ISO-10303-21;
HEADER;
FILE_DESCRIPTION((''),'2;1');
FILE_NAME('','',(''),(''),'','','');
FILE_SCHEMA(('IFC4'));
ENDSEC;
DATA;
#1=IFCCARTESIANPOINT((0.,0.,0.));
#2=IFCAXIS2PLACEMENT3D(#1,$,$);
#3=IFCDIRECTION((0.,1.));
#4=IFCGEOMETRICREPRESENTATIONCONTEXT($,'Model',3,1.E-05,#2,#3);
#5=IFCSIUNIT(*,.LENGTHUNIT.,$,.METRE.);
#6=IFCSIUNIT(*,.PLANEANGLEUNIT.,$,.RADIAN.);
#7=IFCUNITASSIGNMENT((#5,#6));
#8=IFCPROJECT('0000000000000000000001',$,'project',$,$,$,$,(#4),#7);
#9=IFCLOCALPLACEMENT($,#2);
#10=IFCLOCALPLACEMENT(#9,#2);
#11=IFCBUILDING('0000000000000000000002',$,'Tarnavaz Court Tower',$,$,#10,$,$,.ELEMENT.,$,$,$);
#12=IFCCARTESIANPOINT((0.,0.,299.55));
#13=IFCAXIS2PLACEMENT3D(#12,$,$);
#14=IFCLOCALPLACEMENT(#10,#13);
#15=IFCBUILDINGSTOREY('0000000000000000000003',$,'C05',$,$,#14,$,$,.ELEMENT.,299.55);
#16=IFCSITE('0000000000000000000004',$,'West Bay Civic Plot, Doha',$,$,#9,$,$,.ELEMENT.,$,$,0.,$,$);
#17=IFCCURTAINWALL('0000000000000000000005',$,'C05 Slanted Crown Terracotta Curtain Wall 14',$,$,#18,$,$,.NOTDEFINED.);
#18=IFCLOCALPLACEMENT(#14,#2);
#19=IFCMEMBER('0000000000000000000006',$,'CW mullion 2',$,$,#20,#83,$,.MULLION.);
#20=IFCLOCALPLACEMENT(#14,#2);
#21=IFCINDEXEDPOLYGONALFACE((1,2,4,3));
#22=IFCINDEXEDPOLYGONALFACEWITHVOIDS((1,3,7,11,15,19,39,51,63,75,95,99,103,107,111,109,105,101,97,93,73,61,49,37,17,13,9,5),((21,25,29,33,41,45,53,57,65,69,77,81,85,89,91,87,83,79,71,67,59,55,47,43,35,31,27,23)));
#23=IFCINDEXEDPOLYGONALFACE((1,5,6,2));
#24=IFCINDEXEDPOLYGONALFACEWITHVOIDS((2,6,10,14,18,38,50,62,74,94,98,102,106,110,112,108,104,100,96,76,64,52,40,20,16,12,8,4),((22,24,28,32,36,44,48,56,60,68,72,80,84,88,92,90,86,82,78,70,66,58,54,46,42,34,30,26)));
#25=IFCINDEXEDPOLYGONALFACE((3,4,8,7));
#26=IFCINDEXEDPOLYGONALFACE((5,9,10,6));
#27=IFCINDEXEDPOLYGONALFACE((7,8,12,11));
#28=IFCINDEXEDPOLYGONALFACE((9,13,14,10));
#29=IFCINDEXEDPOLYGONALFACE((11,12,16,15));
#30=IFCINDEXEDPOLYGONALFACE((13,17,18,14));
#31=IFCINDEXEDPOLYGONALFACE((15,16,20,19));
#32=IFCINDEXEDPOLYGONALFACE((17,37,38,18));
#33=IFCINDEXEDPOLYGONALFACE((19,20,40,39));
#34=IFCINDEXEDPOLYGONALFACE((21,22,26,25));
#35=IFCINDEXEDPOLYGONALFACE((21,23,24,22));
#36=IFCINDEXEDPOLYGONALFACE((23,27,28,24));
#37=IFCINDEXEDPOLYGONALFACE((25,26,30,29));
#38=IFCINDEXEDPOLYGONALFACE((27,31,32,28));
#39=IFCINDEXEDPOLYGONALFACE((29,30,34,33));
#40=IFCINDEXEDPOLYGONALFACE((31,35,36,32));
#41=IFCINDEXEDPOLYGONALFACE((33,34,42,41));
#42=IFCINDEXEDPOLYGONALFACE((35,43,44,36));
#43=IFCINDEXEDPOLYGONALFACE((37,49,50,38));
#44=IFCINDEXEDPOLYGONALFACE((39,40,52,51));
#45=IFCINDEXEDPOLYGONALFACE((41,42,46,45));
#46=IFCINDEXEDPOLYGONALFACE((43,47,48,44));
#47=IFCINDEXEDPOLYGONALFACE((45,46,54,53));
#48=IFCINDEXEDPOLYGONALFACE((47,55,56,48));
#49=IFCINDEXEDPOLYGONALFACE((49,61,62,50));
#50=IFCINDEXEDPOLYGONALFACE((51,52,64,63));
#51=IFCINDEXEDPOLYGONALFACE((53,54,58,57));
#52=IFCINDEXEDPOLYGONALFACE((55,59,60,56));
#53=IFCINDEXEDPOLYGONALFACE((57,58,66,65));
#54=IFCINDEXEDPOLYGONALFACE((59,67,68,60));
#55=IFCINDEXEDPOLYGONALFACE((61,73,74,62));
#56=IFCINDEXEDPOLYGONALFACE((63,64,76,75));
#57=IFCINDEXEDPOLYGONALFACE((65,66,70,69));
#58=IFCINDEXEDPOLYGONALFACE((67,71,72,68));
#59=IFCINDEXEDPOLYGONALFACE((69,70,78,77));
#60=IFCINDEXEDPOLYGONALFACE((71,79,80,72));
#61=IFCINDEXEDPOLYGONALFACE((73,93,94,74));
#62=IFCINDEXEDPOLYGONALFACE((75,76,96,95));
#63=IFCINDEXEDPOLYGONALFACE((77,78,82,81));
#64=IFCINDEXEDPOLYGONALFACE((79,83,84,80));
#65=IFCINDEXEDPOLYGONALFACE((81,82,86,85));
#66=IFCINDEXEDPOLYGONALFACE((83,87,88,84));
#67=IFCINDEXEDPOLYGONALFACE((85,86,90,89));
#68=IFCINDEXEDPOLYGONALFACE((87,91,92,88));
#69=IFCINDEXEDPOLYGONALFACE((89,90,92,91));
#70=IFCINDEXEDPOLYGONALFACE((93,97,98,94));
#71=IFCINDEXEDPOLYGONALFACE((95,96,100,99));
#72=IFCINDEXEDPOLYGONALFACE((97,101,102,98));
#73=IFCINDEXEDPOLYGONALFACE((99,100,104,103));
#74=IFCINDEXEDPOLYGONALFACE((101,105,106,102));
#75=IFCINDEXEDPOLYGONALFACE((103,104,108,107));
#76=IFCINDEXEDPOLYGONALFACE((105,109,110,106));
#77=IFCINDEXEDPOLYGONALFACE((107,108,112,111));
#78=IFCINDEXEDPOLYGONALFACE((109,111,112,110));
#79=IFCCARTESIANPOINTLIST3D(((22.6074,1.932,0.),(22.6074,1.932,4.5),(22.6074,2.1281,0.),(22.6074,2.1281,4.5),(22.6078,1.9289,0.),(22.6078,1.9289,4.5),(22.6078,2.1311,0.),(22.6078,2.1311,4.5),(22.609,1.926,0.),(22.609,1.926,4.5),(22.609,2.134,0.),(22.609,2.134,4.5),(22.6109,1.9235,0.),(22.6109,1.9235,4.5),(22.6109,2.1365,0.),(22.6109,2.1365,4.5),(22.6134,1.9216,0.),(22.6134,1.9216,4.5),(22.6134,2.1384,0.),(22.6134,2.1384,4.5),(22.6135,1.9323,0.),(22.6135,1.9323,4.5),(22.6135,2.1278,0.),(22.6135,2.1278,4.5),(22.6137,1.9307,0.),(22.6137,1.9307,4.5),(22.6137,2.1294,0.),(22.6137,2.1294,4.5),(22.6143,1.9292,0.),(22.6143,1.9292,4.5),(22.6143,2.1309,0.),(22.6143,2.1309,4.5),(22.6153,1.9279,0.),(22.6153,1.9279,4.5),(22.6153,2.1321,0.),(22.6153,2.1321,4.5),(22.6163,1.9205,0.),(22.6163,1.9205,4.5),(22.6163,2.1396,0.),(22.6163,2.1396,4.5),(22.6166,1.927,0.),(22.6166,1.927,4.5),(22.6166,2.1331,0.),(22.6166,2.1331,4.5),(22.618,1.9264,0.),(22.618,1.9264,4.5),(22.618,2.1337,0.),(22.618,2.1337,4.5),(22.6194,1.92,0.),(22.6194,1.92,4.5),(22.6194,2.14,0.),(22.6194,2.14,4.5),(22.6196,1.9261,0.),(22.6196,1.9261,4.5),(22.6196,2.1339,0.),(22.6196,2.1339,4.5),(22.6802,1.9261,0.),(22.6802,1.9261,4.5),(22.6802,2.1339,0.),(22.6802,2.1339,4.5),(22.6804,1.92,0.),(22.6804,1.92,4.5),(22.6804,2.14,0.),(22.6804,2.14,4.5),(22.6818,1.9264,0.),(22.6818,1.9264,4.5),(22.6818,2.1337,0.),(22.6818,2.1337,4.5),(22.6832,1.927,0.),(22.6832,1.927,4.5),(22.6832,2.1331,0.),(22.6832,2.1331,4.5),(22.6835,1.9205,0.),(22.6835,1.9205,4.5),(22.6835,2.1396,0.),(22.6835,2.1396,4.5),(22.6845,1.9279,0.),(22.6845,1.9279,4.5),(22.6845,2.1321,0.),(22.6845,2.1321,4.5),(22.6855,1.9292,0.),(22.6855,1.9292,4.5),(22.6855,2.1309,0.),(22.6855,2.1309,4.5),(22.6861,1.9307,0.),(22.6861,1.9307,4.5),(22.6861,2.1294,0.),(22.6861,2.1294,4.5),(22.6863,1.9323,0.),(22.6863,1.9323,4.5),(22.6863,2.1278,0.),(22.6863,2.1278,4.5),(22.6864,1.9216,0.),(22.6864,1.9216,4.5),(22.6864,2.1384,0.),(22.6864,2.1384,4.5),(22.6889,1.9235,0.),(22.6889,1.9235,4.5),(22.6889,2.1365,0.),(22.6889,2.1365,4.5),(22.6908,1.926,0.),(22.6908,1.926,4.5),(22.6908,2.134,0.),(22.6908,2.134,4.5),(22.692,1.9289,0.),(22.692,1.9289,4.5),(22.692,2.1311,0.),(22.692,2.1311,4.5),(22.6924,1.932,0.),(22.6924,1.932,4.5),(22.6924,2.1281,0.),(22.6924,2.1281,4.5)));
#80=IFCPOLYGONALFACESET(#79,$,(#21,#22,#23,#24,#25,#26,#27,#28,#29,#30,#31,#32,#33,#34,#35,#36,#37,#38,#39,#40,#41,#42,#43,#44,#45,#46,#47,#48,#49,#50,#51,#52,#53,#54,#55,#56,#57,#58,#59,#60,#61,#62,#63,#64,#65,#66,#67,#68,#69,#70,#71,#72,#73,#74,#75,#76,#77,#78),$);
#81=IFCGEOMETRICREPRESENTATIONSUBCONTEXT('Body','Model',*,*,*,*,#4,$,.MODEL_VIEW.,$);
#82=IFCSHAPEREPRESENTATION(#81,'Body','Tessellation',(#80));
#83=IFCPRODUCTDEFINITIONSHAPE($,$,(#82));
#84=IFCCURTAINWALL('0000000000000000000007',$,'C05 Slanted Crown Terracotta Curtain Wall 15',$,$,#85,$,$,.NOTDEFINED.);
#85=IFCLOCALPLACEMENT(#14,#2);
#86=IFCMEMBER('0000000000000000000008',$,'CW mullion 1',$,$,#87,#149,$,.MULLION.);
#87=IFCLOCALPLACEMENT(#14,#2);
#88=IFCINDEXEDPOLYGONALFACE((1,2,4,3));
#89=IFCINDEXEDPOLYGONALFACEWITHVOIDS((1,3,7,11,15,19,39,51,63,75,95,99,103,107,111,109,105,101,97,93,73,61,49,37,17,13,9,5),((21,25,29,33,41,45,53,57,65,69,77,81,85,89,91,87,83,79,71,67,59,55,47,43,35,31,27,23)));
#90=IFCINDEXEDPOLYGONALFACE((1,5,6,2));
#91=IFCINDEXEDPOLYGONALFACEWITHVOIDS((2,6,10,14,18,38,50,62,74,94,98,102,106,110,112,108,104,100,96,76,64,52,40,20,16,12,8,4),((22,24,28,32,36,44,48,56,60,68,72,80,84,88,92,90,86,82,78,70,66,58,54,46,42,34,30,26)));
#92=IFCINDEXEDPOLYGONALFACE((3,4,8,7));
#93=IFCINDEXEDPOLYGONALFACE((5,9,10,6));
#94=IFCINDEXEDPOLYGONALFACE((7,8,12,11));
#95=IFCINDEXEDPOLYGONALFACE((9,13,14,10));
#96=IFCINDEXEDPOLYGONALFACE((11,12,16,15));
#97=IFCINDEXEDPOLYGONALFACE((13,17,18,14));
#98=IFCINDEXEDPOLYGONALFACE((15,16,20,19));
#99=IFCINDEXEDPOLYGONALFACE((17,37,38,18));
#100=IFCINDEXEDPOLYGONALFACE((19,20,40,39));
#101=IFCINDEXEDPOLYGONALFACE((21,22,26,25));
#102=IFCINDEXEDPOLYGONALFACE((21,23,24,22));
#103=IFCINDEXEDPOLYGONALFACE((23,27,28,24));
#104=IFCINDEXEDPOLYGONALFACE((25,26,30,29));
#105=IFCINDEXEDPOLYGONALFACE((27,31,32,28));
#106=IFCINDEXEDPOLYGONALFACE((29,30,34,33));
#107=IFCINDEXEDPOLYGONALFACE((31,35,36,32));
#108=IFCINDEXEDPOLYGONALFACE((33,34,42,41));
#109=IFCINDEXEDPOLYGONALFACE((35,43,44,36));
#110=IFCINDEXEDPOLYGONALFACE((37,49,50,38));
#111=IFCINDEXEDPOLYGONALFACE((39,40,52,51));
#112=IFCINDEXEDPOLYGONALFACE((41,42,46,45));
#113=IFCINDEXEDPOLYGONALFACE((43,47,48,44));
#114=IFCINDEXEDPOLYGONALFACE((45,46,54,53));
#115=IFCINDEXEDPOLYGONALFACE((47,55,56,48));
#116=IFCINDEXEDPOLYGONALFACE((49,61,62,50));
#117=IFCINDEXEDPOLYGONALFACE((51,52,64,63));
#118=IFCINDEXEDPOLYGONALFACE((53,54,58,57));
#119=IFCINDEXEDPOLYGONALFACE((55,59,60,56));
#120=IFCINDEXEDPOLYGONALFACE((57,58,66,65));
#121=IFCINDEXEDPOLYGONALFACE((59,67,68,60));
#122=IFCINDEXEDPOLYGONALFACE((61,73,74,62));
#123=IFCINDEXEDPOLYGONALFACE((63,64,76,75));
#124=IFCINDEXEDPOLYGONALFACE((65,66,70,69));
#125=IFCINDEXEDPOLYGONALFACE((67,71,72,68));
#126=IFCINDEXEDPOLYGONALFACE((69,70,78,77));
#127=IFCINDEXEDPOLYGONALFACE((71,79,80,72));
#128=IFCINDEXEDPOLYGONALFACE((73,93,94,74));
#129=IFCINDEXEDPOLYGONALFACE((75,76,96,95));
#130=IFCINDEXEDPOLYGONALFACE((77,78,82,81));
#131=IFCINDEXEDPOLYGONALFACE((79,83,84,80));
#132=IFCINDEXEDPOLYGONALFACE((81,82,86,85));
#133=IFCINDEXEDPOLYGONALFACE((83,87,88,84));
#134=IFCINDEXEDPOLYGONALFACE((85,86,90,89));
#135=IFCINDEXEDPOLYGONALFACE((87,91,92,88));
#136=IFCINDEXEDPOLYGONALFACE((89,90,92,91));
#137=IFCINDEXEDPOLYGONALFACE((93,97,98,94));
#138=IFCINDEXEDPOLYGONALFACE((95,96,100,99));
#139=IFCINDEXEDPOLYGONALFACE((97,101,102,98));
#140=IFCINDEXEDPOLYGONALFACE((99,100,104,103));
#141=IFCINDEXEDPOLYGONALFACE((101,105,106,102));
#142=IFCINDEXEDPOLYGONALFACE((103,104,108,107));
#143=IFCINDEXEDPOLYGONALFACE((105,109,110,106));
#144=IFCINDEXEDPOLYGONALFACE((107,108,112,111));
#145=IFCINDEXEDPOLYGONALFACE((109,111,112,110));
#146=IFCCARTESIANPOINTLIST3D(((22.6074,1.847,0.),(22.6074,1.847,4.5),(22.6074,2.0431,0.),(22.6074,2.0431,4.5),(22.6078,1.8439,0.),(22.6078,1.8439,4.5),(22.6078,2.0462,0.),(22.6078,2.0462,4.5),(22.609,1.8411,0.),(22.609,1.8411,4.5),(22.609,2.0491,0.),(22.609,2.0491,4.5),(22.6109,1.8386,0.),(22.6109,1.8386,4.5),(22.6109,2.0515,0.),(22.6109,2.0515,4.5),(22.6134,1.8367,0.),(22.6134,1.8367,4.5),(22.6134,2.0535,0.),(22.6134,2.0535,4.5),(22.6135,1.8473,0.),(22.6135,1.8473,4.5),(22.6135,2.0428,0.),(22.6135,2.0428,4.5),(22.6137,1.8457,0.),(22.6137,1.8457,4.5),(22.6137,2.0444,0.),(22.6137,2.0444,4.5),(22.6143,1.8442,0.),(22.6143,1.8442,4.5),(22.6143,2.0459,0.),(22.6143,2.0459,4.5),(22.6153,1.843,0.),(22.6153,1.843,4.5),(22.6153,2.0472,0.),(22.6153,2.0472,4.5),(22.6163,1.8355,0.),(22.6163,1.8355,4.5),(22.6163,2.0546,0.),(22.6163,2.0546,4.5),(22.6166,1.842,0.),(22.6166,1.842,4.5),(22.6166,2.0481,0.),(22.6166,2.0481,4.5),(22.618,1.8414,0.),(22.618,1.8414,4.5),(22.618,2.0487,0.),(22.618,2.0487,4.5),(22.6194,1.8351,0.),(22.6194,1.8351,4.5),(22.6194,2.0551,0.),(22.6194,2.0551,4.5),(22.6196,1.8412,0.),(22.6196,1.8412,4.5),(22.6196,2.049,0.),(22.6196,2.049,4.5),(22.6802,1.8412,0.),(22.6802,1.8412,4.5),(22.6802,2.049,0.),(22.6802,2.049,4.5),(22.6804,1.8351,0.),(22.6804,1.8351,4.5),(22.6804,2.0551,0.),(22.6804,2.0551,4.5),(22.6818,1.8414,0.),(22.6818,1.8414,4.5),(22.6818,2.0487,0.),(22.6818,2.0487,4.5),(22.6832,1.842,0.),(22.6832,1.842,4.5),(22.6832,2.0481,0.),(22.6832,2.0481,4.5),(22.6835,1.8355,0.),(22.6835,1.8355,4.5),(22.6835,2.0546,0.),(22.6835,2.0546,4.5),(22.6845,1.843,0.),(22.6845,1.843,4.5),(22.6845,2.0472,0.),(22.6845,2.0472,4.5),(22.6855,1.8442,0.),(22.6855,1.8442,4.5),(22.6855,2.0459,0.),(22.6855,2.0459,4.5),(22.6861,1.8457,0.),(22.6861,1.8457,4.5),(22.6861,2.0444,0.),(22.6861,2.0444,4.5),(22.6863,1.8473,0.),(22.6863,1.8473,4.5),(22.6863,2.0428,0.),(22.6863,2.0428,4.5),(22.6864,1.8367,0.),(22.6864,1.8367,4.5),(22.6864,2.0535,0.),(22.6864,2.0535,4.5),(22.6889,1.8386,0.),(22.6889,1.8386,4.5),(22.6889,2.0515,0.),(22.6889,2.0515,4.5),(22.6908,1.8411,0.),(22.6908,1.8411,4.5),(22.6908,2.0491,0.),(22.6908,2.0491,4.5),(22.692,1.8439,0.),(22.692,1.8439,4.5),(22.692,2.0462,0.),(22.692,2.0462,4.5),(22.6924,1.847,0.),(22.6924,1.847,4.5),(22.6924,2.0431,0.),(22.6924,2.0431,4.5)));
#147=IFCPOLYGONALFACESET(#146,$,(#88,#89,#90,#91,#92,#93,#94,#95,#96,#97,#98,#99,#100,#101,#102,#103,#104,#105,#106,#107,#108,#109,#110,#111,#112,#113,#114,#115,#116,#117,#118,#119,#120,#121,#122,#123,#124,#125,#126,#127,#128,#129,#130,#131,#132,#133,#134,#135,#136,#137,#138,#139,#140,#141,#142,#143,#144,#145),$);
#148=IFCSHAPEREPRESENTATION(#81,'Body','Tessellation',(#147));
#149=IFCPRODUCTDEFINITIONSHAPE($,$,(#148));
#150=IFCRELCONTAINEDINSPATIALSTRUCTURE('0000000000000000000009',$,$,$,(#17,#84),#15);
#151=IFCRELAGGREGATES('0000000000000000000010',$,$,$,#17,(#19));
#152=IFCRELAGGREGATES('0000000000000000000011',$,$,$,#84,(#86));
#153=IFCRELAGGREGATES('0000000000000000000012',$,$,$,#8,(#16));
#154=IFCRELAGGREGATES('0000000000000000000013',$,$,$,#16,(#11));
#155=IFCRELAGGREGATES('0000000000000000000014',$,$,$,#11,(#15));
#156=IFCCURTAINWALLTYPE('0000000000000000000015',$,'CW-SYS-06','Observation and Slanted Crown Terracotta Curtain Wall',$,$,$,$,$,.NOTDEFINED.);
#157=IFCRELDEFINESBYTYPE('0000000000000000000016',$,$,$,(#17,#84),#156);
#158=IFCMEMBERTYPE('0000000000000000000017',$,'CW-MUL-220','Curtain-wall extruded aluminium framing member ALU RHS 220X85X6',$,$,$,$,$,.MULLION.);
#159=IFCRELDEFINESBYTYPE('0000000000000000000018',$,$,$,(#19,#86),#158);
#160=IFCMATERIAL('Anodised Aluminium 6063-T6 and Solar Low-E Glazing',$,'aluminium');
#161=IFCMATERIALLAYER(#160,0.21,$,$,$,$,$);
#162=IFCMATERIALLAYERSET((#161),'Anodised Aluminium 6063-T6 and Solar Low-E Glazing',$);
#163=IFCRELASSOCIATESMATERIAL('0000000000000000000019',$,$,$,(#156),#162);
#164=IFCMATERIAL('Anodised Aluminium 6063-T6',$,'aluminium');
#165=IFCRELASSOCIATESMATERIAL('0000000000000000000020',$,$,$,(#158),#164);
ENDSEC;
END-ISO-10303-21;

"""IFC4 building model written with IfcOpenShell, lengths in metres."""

from ifc_helpers import new_model, si_unit, direction, frame, origin, origin_2d, place, context, subcontext, project, spatial, hollow_rectangle, extrude, material, layer, layer_set, material_profile, profile_set, type_object, element, aggregate, save


model = new_model("IFC4")

# Units and contexts
model_context = context("Model", 3, precision=1e-05, world=origin(), true_north=direction((0.0, 1.0)))
body_context = subcontext(model_context, "Body", "Model", "MODEL_VIEW")
ifc_project = project(units=[si_unit("LENGTHUNIT", "METRE"), si_unit("PLANEANGLEUNIT", "RADIAN")], contexts=[model_context])

# Site, building, storey
site_placement = place(None, origin())
site = spatial("IfcSite", under=ifc_project, at=site_placement, Name="West Bay Civic Plot, Doha", CompositionType="ELEMENT", RefElevation=0.0)
building_placement = place(site_placement, origin())
building = spatial("IfcBuilding", under=site, at=building_placement, Name="Tarnavaz Court Tower", CompositionType="ELEMENT")
storey_placement = place(building_placement, frame((0.0, 0.0, 299.55)))
storey = spatial("IfcBuildingStorey", under=building, at=storey_placement, Name="C05", CompositionType="ELEMENT", Elevation=299.55)

# Shared definitions
ifc_material_1 = material(Name="Anodised Aluminium 6063-T6 and Solar Low-E Glazing", Category="aluminium")
ifc_layer_1 = layer(ifc_material_1, 0.21)
ifc_layer_set_1 = layer_set([ifc_layer_1], Name="Anodised Aluminium 6063-T6 and Solar Low-E Glazing")
curtain_wall_type = type_object("IfcCurtainWallType", Name="CW-SYS-06", Description="Observation and Slanted Crown Terracotta Curtain Wall", PredefinedType="NOTDEFINED", material=ifc_layer_set_1)
ifc_material_2 = material(Name="Anodised Aluminium 6063-T6", Category="aluminium")
ifc_material_profile_1 = material_profile(ifc_material_2, hollow_rectangle(XDim=0.085, YDim=0.22, WallThickness=0.0061, InnerFilletRadius=0.0061, OuterFilletRadius=0.012, at=origin_2d()), Name="ALU RHS 220X85X6")
ifc_profile_set_1 = profile_set([ifc_material_profile_1], Name="Anodised Aluminium 6063-T6")
member_type_1 = type_object("IfcMemberType", Name="CW-MUL-220", Description="Curtain-wall extruded aluminium framing member ALU RHS 220X85X6", PredefinedType="MULLION", material=ifc_profile_set_1)

# Curtain walls, members
curtain_wall_1_placement = place(storey_placement, origin())
curtain_wall_1 = element("IfcCurtainWall", 1, at=curtain_wall_1_placement, inside=storey, type_object=curtain_wall_type, Name="C05 Slanted Crown Terracotta Curtain Wall 14", PredefinedType="NOTDEFINED")
member_1_placement = place(storey_placement, frame((22.6499, 2.03, 0.0), z_axis=(0.0, 0.0, 1.0), x_axis=(1.0, 0.0, 0.0)))
member_1 = element("IfcMember", 2, at=member_1_placement, type_object=member_type_1, Name="CW mullion 2", PredefinedType="MULLION", context=body_context, shape_type="SweptSolid", body=[
    extrude(hollow_rectangle(XDim=0.085, YDim=0.22, WallThickness=0.0061, InnerFilletRadius=0.0061, OuterFilletRadius=0.012, at=origin_2d()), origin(), (0.0, 0.0, 1.0), 4.5),
])
curtain_wall_2_placement = place(storey_placement, origin())
curtain_wall_2 = element("IfcCurtainWall", 3, at=curtain_wall_2_placement, inside=storey, type_object=curtain_wall_type, Name="C05 Slanted Crown Terracotta Curtain Wall 15", PredefinedType="NOTDEFINED")
member_2_placement = place(storey_placement, frame((22.6499, 1.9451, 0.0), z_axis=(0.0, 0.0, 1.0), x_axis=(1.0, 0.0, 0.0)))
member_2 = element("IfcMember", 4, at=member_2_placement, type_object=member_type_1, Name="CW mullion 1", PredefinedType="MULLION", context=body_context, shape_type="SweptSolid", body=[
    extrude(hollow_rectangle(XDim=0.085, YDim=0.22, WallThickness=0.0061, InnerFilletRadius=0.0061, OuterFilletRadius=0.012, at=origin_2d()), origin(), (0.0, 0.0, 1.0), 4.5),
])

aggregate(curtain_wall_1, [member_1])
aggregate(curtain_wall_2, [member_2])

save(model, "model.ifc")
